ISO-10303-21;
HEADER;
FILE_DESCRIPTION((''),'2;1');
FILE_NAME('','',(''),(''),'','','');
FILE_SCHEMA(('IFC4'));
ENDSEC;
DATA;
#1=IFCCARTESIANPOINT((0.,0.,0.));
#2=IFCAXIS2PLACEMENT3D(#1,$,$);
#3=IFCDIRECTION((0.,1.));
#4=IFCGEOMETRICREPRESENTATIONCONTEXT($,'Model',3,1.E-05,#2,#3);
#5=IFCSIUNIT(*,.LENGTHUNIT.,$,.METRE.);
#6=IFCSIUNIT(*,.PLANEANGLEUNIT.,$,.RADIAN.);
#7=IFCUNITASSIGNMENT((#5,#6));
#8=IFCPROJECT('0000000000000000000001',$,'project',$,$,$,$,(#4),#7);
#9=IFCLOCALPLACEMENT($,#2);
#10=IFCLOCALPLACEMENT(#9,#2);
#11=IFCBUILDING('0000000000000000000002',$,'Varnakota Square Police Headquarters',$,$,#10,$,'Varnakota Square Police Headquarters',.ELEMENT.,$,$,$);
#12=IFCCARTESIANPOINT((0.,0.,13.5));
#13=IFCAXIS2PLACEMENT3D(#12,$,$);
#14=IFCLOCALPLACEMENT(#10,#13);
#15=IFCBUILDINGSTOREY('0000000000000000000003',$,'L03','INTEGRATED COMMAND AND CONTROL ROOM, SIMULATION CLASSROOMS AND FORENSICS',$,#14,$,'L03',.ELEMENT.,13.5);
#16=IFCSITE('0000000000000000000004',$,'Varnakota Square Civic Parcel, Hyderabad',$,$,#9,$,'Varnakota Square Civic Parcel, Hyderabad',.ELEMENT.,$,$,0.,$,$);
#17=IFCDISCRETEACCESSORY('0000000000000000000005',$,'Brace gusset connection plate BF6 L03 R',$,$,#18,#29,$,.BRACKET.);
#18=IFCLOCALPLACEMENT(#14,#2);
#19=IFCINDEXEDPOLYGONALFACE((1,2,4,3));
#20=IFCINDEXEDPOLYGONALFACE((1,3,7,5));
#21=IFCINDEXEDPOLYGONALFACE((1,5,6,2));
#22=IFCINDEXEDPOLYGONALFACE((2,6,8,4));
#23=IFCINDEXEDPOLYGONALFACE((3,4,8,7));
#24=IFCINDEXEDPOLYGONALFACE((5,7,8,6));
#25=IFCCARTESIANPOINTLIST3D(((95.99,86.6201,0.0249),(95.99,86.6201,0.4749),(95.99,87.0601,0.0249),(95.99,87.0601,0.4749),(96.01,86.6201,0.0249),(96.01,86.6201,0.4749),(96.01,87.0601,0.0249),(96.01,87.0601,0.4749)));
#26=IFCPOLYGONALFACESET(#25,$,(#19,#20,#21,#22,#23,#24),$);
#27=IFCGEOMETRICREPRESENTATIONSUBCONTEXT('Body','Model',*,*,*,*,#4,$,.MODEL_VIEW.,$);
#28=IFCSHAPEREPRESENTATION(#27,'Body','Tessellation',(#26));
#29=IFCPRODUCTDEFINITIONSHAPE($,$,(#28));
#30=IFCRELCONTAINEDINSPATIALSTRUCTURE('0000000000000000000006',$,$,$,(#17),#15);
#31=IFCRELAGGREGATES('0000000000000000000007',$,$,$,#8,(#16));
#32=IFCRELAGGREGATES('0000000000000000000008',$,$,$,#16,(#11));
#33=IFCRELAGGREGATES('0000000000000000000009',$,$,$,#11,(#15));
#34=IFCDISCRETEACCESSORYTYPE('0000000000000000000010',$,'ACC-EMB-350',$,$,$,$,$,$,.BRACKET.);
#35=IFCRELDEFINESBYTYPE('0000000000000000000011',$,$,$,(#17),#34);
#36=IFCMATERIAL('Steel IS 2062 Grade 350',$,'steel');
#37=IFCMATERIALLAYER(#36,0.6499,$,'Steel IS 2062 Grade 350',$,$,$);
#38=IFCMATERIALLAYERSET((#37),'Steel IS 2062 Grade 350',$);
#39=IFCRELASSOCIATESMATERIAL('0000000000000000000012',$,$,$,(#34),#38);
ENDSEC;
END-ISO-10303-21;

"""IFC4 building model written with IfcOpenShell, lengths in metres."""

from ifc_helpers import new_model, si_unit, direction, frame, origin, origin_2d, place, context, subcontext, project, spatial, rectangle, extrude, material, layer, layer_set, type_object, element, save


model = new_model("IFC4")

# Units and contexts
model_context = context("Model", 3, precision=1e-05, world=origin(), true_north=direction((0.0, 1.0)))
body_context = subcontext(model_context, "Body", "Model", "MODEL_VIEW")
ifc_project = project(units=[si_unit("LENGTHUNIT", "METRE"), si_unit("PLANEANGLEUNIT", "RADIAN")], contexts=[model_context])

# Site, building, storey
site_placement = place(None, origin())
site = spatial("IfcSite", under=ifc_project, at=site_placement, Name="Varnakota Square Civic Parcel, Hyderabad", LongName="Varnakota Square Civic Parcel, Hyderabad", CompositionType="ELEMENT", RefElevation=0.0)
building_placement = place(site_placement, origin())
building = spatial("IfcBuilding", under=site, at=building_placement, Name="Varnakota Square Police Headquarters", LongName="Varnakota Square Police Headquarters", CompositionType="ELEMENT")
storey_placement = place(building_placement, frame((0.0, 0.0, 13.5)))
storey = spatial("IfcBuildingStorey", under=building, at=storey_placement, Name="L03", Description="INTEGRATED COMMAND AND CONTROL ROOM, SIMULATION CLASSROOMS AND FORENSICS", LongName="L03", CompositionType="ELEMENT", Elevation=13.5)

# Shared definitions
ifc_material_1 = material(Name="Steel IS 2062 Grade 350", Category="steel")

# Discrete accessory
ifc_layer_1 = layer(ifc_material_1, 0.6499, Name="Steel IS 2062 Grade 350")
ifc_layer_set_1 = layer_set([ifc_layer_1], Name="Steel IS 2062 Grade 350")
discrete_accessory_type = type_object("IfcDiscreteAccessoryType", Name="ACC-EMB-350", PredefinedType="BRACKET", material=ifc_layer_set_1)
for number, where, z_axis, x_axis, name in (
    (1, (96.0, 86.8401, 0.0249), (0.0, 0.0, 1.0), (0.0, 1.0, 0.0), "Brace gusset connection plate BF6 L03 R"),
):
    element("IfcDiscreteAccessory", number, at=place(storey_placement, frame(where, z_axis=z_axis, x_axis=x_axis)), inside=storey, type_object=discrete_accessory_type, Name=name, PredefinedType="BRACKET", context=body_context, shape_type="SweptSolid", body=[
        extrude(rectangle(XDim=0.4399, YDim=0.02, at=origin_2d()), origin(), (0.0, 0.0, 1.0), 0.45),
    ])

save(model, "model.ifc")
